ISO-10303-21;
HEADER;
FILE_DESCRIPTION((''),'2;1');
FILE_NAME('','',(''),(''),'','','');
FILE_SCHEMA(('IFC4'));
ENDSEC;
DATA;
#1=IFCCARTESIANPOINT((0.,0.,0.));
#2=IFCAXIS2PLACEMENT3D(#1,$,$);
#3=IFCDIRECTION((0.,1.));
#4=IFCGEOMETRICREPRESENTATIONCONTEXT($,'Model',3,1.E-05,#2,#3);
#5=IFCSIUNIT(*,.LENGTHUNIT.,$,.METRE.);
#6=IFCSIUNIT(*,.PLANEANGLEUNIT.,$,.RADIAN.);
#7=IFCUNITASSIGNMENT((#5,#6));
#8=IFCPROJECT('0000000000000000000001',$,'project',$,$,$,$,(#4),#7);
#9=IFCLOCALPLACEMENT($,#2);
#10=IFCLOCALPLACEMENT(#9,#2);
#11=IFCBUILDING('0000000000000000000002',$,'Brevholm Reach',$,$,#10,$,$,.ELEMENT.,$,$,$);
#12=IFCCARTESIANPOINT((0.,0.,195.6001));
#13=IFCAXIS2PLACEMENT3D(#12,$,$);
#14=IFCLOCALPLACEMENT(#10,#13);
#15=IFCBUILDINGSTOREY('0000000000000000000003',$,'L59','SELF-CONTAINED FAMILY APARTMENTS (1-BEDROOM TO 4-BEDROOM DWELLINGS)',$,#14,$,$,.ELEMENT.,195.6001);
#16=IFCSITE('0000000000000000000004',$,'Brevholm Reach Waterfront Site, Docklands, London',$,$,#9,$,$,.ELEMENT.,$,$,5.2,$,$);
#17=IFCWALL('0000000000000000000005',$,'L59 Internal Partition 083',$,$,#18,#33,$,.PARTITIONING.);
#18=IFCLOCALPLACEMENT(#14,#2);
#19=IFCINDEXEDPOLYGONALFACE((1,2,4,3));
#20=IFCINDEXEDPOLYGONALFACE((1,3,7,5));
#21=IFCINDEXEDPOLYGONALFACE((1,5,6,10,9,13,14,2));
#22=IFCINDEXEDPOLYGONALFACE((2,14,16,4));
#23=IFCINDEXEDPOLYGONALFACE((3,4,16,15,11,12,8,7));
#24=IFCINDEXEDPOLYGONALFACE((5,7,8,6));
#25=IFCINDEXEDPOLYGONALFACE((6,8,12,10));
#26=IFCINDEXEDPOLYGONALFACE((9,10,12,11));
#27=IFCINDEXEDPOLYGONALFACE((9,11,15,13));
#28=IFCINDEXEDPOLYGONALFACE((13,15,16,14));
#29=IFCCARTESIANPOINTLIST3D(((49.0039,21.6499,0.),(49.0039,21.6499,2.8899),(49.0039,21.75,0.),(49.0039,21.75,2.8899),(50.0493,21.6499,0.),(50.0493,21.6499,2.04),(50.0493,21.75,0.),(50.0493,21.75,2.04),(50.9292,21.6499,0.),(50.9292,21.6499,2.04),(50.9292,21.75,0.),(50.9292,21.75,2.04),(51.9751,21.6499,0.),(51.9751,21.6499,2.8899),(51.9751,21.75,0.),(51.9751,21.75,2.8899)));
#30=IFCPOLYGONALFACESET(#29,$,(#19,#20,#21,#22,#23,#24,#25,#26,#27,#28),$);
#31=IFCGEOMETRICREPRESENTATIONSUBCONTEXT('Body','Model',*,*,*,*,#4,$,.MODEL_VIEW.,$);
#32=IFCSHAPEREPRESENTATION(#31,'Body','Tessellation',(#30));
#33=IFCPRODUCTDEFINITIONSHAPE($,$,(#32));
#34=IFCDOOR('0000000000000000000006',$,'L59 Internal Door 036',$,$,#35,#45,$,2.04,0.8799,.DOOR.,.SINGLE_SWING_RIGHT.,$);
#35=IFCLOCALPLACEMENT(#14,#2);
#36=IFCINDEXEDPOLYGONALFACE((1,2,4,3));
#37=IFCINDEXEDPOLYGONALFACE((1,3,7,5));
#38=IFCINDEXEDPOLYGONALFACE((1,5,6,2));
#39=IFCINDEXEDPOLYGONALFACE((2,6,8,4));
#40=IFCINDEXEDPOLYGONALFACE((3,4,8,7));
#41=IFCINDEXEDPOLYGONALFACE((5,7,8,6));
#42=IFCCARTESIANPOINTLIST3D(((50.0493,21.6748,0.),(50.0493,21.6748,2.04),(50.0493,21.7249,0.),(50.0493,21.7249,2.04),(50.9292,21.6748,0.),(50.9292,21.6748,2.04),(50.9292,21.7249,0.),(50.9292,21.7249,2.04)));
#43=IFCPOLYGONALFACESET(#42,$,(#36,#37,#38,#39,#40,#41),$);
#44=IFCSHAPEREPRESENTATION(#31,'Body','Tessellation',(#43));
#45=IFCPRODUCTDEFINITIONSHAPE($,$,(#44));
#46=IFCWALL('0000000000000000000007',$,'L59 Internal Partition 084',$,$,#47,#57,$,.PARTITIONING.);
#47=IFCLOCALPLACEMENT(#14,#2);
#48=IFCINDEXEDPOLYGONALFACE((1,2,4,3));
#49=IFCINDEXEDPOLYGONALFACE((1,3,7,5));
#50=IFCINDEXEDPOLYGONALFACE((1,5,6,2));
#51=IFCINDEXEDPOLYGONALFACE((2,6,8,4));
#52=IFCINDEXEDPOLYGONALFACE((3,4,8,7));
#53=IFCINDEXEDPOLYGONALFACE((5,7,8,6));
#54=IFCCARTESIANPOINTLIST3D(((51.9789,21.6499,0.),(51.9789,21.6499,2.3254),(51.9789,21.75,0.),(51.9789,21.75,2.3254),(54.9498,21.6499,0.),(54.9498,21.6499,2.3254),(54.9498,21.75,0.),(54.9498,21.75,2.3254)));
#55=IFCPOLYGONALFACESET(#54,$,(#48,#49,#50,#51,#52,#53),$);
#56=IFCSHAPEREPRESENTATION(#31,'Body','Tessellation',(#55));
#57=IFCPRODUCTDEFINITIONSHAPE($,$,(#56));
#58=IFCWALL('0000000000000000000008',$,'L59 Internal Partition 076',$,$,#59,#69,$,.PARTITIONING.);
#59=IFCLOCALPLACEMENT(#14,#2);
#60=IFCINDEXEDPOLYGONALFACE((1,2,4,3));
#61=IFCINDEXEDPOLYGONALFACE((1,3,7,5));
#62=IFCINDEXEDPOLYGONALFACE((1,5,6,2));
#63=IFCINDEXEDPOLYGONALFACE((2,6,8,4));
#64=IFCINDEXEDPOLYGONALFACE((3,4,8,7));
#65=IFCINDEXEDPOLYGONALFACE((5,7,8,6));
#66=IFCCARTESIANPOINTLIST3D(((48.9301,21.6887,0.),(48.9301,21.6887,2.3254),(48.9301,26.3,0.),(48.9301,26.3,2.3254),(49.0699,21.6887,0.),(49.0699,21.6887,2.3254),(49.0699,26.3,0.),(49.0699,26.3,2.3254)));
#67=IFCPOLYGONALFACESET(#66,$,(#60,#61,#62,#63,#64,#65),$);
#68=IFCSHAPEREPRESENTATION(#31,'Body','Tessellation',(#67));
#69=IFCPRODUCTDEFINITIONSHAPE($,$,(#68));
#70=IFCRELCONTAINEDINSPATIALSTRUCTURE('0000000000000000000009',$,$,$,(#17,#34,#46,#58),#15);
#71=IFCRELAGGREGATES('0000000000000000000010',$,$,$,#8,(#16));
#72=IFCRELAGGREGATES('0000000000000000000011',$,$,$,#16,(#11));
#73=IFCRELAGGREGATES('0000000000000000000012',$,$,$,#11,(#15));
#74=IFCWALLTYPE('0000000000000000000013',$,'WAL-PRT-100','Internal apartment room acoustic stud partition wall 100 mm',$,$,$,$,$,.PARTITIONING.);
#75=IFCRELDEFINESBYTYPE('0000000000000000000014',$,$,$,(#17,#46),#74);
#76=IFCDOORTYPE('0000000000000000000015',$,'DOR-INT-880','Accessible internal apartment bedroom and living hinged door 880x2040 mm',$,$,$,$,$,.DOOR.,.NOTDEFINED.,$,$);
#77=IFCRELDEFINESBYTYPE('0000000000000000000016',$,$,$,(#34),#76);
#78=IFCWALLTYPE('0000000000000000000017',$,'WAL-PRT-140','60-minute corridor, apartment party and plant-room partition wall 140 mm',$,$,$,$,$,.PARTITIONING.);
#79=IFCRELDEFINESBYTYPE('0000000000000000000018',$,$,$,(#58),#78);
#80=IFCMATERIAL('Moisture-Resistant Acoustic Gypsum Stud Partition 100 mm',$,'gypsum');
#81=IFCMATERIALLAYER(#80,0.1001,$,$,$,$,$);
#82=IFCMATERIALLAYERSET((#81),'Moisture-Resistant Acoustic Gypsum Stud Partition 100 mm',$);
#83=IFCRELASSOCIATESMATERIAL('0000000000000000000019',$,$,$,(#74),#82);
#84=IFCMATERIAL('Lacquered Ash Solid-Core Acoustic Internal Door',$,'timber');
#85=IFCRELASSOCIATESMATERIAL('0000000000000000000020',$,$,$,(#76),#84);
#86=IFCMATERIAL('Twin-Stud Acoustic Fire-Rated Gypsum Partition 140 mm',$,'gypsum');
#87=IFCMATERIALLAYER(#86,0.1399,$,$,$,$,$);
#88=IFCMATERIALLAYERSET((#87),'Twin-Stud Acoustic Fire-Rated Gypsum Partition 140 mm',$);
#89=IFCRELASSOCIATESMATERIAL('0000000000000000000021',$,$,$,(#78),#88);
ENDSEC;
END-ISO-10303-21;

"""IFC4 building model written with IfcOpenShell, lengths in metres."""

from ifc_helpers import new_model, si_unit, direction, frame, frame_2d, origin, place, context, subcontext, project, spatial, rectangle, extrude, material, layer, layer_set, type_object, element, fill, save


model = new_model("IFC4")

# Units and contexts
model_context = context("Model", 3, precision=1e-05, world=origin(), true_north=direction((0.0, 1.0)))
body_context = subcontext(model_context, "Body", "Model", "MODEL_VIEW")
ifc_project = project(units=[si_unit("LENGTHUNIT", "METRE"), si_unit("PLANEANGLEUNIT", "RADIAN")], contexts=[model_context])

# Site, building, storey
site_placement = place(None, origin())
site = spatial("IfcSite", under=ifc_project, at=site_placement, Name="Brevholm Reach Waterfront Site, Docklands, London", CompositionType="ELEMENT", RefElevation=5.2)
building_placement = place(site_placement, origin())
building = spatial("IfcBuilding", under=site, at=building_placement, Name="Brevholm Reach", CompositionType="ELEMENT")
storey_placement = place(building_placement, frame((0.0, 0.0, 195.6001)))
storey = spatial("IfcBuildingStorey", under=building, at=storey_placement, Name="L59", Description="SELF-CONTAINED FAMILY APARTMENTS (1-BEDROOM TO 4-BEDROOM DWELLINGS)", CompositionType="ELEMENT", Elevation=195.6001)

# Shared definitions
ifc_material_1 = material(Name="Moisture-Resistant Acoustic Gypsum Stud Partition 100 mm", Category="gypsum")
ifc_layer_1 = layer(ifc_material_1, 0.1001)
ifc_layer_set_1 = layer_set([ifc_layer_1], Name="Moisture-Resistant Acoustic Gypsum Stud Partition 100 mm")
wall_type_1 = type_object("IfcWallType", Name="WAL-PRT-100", Description="Internal apartment room acoustic stud partition wall 100 mm", PredefinedType="PARTITIONING", material=ifc_layer_set_1)
ifc_material_2 = material(Name="Lacquered Ash Solid-Core Acoustic Internal Door", Category="timber")
door_type = type_object("IfcDoorType", Name="DOR-INT-880", Description="Accessible internal apartment bedroom and living hinged door 880x2040 mm", OperationType="NOTDEFINED", PredefinedType="DOOR", material=ifc_material_2)

# Wall, opening, door
wall_1_placement = place(storey_placement, frame((49.0039, 21.7, 0.0), z_axis=(0.0, 0.0, 1.0), x_axis=(1.0, 0.0, 0.0)))
wall_1 = element("IfcWall", 1, at=wall_1_placement, inside=storey, type_object=wall_type_1, Name="L59 Internal Partition 083", PredefinedType="PARTITIONING", context=body_context, shape_type="SweptSolid", body=[
    extrude(rectangle(XDim=2.9712, YDim=0.1001, at=frame_2d((1.4856, 0.0))), origin(), (0.0, 0.0, 1.0), 2.8899),
])
opening_1_placement = place(wall_1_placement, frame((1.0454, 0.0, 0.0)))
opening_1 = element("IfcOpeningElement", 2, at=opening_1_placement, cuts=wall_1, PredefinedType="OPENING", context=body_context, shape_type="SweptSolid", body=[
    extrude(rectangle(XDim=0.8799, YDim=2.04, at=frame_2d((0.4399, 1.02))), frame((0.0, 0.0601, 0.0), z_axis=(0.0, -1.0, 0.0), x_axis=(1.0, 0.0, 0.0)), (0.0, 0.0, 1.0), 0.1201),
])
door_1_placement = place(opening_1_placement, origin())
door_1 = element("IfcDoor", 3, at=door_1_placement, inside=storey, type_object=door_type, Name="L59 Internal Door 036", OperationType="SINGLE_SWING_RIGHT", OverallHeight=2.04, OverallWidth=0.8799, PredefinedType="DOOR", context=body_context, shape_type="SweptSolid", body=[
    extrude(rectangle(XDim=0.8799, YDim=2.04, at=frame_2d((0.4399, 1.02))), frame((0.0, 0.0249, 0.0), z_axis=(0.0, -1.0, 0.0), x_axis=(1.0, 0.0, 0.0)), (0.0, 0.0, 1.0), 0.05),
])
fill(opening_1, door_1)

# Walls
wall_2_placement = place(storey_placement, frame((51.979, 21.7, 0.0), z_axis=(0.0, 0.0, 1.0), x_axis=(1.0, 0.0, 0.0)))
element("IfcWall", 4, at=wall_2_placement, inside=storey, type_object=wall_type_1, Name="L59 Internal Partition 084", PredefinedType="PARTITIONING", context=body_context, shape_type="SweptSolid", body=[
    extrude(rectangle(XDim=2.9709, YDim=0.1001, at=frame_2d((1.4854, 0.0))), origin(), (0.0, 0.0, 1.0), 2.3254),
])
ifc_material_3 = material(Name="Twin-Stud Acoustic Fire-Rated Gypsum Partition 140 mm", Category="gypsum")
ifc_layer_2 = layer(ifc_material_3, 0.1399)
ifc_layer_set_2 = layer_set([ifc_layer_2], Name="Twin-Stud Acoustic Fire-Rated Gypsum Partition 140 mm")
wall_type_2 = type_object("IfcWallType", Name="WAL-PRT-140", Description="60-minute corridor, apartment party and plant-room partition wall 140 mm", PredefinedType="PARTITIONING", material=ifc_layer_set_2)
wall_3_placement = place(storey_placement, frame((49.0, 21.6887, 0.0), z_axis=(0.0, 0.0, 1.0), x_axis=(0.0, 1.0, 0.0)))
element("IfcWall", 5, at=wall_3_placement, inside=storey, type_object=wall_type_2, Name="L59 Internal Partition 076", PredefinedType="PARTITIONING", context=body_context, shape_type="SweptSolid", body=[
    extrude(rectangle(XDim=4.6113, YDim=0.1399, at=frame_2d((2.3057, 0.0))), origin(), (0.0, 0.0, 1.0), 2.3254),
])

save(model, "model.ifc")
